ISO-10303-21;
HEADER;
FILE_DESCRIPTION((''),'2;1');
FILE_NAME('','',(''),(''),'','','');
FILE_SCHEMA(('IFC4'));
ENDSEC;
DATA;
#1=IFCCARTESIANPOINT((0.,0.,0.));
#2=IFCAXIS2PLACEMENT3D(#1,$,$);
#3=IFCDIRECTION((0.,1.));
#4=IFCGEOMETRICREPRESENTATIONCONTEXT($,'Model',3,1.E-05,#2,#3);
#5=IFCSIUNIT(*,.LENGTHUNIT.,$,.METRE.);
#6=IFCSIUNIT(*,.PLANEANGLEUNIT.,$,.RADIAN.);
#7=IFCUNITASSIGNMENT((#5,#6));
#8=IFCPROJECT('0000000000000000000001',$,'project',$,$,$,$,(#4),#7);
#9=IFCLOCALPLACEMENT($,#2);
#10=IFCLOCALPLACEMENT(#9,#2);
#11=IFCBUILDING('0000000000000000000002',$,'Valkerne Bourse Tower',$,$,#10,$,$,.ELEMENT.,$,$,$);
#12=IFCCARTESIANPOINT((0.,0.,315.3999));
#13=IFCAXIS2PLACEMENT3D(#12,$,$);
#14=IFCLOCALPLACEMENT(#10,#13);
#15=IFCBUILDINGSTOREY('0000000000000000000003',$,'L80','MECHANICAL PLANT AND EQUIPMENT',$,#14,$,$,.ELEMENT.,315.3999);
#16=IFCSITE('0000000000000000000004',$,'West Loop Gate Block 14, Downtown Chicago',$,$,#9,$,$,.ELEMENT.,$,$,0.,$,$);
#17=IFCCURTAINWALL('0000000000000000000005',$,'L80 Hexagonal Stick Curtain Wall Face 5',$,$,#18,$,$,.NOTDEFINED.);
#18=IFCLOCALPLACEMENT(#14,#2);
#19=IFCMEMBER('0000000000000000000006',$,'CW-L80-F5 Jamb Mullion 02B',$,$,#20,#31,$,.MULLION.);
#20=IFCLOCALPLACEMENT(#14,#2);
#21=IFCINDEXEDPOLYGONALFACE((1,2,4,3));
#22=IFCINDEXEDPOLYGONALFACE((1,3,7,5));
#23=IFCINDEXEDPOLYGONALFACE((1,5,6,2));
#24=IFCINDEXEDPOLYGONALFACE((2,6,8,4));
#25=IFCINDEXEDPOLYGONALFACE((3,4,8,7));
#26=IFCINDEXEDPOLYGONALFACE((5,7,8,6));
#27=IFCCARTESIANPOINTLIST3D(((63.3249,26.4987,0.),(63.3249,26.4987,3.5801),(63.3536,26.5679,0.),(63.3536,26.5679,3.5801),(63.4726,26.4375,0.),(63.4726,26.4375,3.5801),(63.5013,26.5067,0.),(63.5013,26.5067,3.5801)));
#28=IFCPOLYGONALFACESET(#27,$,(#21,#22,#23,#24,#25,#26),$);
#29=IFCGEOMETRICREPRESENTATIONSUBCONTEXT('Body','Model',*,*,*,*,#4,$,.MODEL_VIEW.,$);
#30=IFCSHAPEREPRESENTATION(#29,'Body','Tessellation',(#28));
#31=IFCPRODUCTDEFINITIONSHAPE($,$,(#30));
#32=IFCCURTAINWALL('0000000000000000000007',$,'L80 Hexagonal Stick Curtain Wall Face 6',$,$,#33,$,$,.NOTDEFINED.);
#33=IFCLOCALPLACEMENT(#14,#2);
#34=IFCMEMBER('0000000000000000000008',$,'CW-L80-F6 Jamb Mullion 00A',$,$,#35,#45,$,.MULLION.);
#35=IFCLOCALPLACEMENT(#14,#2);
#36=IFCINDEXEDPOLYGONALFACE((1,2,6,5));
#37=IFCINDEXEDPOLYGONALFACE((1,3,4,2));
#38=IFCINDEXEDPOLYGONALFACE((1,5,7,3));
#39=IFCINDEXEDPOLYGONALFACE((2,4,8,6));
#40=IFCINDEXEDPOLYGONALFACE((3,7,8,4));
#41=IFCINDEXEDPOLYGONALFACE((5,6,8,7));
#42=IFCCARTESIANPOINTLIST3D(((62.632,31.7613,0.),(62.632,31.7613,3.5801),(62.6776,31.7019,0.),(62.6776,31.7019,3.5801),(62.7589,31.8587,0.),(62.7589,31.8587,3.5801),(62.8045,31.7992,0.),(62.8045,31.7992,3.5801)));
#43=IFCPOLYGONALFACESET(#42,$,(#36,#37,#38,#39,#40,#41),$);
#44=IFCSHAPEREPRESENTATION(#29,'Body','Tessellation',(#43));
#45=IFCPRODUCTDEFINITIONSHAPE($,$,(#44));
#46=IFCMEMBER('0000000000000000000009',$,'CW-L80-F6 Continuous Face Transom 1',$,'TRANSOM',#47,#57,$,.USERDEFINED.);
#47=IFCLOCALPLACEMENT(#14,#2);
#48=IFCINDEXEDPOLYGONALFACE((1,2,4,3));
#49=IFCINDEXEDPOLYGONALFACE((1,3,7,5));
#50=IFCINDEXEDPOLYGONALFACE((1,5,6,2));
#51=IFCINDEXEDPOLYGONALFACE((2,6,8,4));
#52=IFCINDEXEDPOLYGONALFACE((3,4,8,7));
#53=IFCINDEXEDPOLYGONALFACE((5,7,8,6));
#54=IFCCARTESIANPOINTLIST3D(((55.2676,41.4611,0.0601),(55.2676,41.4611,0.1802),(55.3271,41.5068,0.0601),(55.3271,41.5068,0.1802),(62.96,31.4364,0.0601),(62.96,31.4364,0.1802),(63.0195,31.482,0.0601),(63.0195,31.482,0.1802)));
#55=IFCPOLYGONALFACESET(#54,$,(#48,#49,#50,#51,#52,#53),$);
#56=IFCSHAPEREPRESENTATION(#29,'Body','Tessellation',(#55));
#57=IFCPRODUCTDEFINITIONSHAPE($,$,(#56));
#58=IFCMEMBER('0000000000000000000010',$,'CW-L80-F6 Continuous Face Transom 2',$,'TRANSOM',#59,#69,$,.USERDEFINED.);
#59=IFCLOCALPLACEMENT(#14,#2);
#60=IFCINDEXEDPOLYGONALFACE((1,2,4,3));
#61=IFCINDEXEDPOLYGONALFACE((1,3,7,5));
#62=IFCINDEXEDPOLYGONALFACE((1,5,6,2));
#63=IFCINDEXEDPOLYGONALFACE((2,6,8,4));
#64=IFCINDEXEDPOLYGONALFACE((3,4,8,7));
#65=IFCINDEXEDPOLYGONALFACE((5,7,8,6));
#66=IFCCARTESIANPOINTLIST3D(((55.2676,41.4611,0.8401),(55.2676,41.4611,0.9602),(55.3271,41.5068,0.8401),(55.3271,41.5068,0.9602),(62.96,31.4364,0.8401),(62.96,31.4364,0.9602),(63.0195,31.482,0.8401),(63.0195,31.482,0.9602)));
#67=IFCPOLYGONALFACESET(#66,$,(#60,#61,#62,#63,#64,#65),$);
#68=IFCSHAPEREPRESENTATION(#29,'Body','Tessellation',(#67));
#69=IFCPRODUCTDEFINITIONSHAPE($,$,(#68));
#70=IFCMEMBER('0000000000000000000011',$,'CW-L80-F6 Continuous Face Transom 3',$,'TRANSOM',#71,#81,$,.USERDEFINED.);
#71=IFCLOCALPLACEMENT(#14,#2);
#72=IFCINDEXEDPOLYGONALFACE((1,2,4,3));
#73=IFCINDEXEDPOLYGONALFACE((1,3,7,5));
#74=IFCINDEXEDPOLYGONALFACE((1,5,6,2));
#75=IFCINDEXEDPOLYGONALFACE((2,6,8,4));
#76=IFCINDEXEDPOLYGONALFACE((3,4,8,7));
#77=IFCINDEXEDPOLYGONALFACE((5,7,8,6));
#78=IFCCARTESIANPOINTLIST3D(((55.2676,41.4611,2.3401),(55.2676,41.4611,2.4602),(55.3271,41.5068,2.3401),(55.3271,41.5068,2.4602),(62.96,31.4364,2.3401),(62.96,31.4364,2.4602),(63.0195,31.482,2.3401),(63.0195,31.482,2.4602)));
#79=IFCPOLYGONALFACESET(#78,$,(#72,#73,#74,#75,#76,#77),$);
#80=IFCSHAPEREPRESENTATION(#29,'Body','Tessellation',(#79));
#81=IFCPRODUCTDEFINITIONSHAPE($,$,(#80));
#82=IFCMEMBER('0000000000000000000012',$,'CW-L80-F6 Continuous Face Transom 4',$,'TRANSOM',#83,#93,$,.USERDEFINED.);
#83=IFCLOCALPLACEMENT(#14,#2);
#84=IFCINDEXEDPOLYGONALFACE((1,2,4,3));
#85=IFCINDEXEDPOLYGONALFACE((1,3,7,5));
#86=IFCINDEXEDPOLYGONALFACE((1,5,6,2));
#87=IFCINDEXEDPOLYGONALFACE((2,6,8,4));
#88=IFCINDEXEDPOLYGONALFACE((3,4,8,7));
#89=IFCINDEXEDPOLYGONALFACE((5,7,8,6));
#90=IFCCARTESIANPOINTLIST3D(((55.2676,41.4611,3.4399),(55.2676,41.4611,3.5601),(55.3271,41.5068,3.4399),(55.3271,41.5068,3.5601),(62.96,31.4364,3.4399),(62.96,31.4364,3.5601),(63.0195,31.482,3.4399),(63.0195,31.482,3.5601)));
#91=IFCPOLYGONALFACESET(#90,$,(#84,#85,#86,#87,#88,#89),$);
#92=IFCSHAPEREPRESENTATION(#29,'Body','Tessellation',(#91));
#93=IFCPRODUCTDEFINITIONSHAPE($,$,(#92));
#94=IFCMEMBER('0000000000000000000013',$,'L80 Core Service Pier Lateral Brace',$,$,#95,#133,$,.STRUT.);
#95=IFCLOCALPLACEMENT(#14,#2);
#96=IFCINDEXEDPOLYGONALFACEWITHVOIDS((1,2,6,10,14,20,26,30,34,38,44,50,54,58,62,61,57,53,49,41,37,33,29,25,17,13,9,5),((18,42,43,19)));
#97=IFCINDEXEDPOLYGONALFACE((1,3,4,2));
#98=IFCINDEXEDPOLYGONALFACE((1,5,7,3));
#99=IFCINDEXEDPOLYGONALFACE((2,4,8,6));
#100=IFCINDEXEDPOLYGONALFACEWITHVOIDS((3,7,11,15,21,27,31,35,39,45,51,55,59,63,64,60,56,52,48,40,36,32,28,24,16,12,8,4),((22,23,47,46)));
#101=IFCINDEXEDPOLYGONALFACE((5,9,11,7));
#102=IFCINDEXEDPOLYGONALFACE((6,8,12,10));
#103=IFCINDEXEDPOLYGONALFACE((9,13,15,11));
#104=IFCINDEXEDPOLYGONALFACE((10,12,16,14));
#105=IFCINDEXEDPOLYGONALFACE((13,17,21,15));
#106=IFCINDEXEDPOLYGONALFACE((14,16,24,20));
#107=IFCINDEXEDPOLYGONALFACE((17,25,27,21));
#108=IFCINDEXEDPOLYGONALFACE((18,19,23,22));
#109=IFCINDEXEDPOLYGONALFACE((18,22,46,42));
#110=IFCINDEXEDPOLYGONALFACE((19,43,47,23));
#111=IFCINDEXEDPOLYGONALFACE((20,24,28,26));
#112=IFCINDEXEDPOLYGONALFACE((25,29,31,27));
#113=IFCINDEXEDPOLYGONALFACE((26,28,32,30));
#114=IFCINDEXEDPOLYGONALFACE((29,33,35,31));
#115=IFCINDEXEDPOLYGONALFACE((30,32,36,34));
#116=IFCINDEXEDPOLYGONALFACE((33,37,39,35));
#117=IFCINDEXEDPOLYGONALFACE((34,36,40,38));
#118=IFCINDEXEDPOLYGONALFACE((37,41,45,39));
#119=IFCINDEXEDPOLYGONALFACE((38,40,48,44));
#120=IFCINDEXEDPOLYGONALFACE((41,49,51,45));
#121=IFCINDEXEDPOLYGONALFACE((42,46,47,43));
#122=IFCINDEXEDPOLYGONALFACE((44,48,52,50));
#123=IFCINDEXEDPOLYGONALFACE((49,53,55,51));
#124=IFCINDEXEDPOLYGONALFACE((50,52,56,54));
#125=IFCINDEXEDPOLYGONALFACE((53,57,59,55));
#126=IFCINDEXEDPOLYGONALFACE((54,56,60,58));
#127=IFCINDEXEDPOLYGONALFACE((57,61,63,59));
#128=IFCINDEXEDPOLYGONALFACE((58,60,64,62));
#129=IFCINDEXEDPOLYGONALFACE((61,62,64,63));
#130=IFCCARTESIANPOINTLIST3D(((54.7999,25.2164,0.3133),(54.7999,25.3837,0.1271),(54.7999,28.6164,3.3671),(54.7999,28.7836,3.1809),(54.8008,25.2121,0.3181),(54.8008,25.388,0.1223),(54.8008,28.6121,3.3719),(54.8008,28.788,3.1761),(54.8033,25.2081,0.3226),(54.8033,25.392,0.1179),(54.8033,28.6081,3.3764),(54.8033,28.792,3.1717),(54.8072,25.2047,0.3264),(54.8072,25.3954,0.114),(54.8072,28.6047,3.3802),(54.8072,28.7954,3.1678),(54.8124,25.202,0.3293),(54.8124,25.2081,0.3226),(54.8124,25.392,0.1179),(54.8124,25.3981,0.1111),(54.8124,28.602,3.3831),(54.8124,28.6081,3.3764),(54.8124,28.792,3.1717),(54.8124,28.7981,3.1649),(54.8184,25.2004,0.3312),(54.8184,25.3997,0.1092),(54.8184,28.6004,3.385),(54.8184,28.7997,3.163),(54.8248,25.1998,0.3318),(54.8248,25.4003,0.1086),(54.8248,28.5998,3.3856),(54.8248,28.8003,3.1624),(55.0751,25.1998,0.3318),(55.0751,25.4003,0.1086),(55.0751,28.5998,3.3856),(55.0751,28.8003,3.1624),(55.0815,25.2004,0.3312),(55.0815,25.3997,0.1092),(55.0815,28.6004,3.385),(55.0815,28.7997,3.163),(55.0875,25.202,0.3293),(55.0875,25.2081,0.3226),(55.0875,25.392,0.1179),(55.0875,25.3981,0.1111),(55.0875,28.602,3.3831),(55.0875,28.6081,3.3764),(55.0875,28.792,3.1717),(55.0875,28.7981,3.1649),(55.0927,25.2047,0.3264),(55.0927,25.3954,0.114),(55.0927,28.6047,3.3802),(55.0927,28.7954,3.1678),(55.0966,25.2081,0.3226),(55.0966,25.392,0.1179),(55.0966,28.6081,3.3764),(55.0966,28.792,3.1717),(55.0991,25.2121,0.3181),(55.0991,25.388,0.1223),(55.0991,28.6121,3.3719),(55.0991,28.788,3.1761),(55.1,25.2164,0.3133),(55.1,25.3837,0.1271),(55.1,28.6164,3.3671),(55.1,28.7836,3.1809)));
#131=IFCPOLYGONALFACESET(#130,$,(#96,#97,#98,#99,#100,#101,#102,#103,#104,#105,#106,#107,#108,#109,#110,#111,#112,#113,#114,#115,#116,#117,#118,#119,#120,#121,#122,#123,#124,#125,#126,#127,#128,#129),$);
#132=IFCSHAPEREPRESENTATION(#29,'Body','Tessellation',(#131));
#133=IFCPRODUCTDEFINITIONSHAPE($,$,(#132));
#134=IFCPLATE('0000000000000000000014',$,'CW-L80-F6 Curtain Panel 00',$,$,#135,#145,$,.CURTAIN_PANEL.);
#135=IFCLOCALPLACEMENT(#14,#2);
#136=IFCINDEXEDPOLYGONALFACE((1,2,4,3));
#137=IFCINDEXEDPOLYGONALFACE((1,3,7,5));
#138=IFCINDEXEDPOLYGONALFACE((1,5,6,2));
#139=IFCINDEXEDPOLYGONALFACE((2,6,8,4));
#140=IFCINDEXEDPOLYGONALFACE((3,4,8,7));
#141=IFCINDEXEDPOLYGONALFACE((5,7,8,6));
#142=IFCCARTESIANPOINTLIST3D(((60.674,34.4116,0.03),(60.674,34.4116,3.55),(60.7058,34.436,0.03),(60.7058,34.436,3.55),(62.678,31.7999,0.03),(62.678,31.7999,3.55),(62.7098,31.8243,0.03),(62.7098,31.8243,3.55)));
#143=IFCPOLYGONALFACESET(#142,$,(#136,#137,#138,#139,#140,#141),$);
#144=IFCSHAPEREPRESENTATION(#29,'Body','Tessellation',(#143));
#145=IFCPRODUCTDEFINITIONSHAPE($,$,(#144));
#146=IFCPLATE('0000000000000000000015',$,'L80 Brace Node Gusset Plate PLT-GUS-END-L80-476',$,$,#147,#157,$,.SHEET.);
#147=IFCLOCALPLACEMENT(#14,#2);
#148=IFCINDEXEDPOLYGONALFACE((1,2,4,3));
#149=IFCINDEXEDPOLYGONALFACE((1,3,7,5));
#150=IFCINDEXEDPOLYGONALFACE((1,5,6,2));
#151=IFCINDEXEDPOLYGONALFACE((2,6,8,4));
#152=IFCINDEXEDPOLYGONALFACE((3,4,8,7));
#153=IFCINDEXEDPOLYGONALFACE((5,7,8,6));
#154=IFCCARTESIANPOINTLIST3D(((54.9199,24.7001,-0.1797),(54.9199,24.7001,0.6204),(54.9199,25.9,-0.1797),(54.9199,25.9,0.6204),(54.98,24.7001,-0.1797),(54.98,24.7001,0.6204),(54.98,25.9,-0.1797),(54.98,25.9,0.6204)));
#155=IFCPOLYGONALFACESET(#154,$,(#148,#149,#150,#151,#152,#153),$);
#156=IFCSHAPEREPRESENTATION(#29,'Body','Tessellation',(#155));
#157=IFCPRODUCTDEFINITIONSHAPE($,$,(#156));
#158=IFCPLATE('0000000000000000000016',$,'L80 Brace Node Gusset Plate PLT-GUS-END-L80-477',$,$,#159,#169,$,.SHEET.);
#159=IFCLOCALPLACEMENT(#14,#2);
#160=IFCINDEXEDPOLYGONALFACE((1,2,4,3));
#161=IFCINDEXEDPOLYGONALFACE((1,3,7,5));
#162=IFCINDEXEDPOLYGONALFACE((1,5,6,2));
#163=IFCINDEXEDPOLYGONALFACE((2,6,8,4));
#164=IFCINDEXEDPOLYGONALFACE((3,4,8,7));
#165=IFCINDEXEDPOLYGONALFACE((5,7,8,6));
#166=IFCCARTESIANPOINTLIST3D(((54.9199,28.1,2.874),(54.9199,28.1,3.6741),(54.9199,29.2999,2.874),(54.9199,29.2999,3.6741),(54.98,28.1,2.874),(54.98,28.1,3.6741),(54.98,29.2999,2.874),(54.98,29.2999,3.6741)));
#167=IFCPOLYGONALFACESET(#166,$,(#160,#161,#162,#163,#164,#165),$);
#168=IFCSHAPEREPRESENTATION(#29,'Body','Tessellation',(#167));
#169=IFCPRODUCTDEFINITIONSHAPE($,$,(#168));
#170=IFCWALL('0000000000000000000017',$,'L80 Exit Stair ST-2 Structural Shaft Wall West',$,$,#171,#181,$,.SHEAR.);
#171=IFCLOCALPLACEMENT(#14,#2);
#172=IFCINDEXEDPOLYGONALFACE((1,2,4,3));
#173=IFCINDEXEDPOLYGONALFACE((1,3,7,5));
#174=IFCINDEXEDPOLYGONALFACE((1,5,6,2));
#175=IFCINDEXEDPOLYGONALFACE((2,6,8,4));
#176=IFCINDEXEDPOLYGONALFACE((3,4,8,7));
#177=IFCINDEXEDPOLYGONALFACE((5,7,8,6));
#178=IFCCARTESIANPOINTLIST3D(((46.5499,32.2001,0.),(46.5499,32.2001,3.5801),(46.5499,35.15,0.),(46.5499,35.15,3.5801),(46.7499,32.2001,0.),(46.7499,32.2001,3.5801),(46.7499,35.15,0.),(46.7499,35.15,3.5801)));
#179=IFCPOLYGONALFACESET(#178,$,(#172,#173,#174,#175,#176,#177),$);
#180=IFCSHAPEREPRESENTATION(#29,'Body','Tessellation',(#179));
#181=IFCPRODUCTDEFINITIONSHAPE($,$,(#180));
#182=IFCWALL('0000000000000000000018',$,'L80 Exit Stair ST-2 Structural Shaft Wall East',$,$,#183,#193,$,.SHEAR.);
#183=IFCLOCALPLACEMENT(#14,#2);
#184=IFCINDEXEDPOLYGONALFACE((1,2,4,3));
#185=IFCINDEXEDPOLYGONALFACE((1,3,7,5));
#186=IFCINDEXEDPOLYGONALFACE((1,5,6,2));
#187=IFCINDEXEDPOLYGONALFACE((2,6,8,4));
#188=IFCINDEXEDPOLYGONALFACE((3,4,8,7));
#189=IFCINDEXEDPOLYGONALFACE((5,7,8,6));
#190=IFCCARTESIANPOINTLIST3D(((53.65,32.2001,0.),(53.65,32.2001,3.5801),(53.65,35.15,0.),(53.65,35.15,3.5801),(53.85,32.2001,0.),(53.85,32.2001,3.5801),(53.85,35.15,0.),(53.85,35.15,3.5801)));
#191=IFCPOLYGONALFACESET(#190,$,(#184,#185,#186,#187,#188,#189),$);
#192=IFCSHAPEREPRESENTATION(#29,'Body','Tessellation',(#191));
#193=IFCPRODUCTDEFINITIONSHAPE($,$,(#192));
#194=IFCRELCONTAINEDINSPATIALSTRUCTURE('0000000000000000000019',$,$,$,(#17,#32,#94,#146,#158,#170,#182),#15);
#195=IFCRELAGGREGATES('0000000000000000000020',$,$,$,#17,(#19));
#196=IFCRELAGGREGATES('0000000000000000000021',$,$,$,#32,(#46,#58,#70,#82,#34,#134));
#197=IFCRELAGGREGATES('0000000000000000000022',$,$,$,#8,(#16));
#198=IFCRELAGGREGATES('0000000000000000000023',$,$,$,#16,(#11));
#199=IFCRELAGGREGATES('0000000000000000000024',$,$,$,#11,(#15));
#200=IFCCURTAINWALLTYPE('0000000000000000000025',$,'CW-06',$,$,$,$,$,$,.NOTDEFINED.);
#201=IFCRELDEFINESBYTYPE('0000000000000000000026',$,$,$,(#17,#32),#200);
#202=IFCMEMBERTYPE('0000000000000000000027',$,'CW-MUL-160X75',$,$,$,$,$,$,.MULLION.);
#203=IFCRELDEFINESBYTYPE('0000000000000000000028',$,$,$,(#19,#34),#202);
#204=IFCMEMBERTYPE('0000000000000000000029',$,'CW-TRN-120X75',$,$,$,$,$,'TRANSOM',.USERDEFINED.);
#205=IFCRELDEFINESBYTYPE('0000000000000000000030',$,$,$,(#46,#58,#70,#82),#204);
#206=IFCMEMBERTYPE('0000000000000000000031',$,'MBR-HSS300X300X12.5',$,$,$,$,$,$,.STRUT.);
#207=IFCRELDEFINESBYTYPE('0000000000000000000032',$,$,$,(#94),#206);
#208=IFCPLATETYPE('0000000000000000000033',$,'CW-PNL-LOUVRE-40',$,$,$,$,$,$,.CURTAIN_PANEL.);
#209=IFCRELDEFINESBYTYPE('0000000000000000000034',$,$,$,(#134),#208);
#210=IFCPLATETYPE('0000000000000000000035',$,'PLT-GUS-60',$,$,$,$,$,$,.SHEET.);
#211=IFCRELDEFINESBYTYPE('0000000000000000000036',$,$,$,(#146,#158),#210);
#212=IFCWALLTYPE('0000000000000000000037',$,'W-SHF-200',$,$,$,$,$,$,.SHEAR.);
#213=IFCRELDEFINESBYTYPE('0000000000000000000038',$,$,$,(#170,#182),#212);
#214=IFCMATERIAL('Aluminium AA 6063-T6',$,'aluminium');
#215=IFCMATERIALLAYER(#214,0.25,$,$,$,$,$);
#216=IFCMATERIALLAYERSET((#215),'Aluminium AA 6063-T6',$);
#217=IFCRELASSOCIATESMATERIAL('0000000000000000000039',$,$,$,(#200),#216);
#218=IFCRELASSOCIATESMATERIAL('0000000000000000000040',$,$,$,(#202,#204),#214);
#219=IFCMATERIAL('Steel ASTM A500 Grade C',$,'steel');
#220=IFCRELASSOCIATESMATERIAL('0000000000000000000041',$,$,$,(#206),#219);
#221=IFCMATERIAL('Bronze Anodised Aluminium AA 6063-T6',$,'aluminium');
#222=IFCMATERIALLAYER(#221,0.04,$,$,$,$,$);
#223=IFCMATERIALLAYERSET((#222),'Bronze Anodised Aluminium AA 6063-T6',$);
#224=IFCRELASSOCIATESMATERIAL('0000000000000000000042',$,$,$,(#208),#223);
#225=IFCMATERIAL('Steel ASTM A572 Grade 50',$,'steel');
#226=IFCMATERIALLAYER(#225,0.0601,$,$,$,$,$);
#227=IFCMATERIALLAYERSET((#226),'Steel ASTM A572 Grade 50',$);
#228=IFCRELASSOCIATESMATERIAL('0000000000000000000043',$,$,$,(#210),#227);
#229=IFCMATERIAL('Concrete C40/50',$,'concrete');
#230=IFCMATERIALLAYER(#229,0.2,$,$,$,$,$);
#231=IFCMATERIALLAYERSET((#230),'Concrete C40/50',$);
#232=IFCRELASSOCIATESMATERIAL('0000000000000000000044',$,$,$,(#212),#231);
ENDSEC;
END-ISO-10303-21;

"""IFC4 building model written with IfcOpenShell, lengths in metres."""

from ifc_helpers import new_model, si_unit, direction, frame, frame_2d, origin, origin_2d, place, context, subcontext, project, spatial, rectangle, hollow_rectangle, extrude, material, layer, layer_set, material_profile, profile_set, type_object, element, aggregate, save


model = new_model("IFC4")

# Units and contexts
model_context = context("Model", 3, precision=1e-05, world=origin(), true_north=direction((0.0, 1.0)))
body_context = subcontext(model_context, "Body", "Model", "MODEL_VIEW")
ifc_project = project(units=[si_unit("LENGTHUNIT", "METRE"), si_unit("PLANEANGLEUNIT", "RADIAN")], contexts=[model_context])

# Site, building, storey
site_placement = place(None, origin())
site = spatial("IfcSite", under=ifc_project, at=site_placement, Name="West Loop Gate Block 14, Downtown Chicago", CompositionType="ELEMENT", RefElevation=0.0)
building_placement = place(site_placement, origin())
building = spatial("IfcBuilding", under=site, at=building_placement, Name="Valkerne Bourse Tower", CompositionType="ELEMENT")
storey_placement = place(building_placement, frame((0.0, 0.0, 315.3999)))
storey = spatial("IfcBuildingStorey", under=building, at=storey_placement, Name="L80", Description="MECHANICAL PLANT AND EQUIPMENT", CompositionType="ELEMENT", Elevation=315.3999)

# Shared definitions
ifc_material_1 = material(Name="Steel ASTM A500 Grade C", Category="steel")

# Curtain wall, member
ifc_material_2 = material(Name="Aluminium AA 6063-T6", Category="aluminium")
ifc_layer_1 = layer(ifc_material_2, 0.25)
ifc_layer_set_1 = layer_set([ifc_layer_1], Name="Aluminium AA 6063-T6")
curtain_wall_type = type_object("IfcCurtainWallType", Name="CW-06", PredefinedType="NOTDEFINED", material=ifc_layer_set_1)
curtain_wall_1_placement = place(storey_placement, origin())
curtain_wall_1 = element("IfcCurtainWall", 1, at=curtain_wall_1_placement, inside=storey, type_object=curtain_wall_type, Name="L80 Hexagonal Stick Curtain Wall Face 5", PredefinedType="NOTDEFINED")
ifc_material_profile_1 = material_profile(ifc_material_2, rectangle(XDim=0.075, YDim=0.1599, at=origin_2d()), Name="CWM-75X160")
ifc_profile_set_1 = profile_set([ifc_material_profile_1], Name="Aluminium AA 6063-T6")
member_type_1 = type_object("IfcMemberType", Name="CW-MUL-160X75", PredefinedType="MULLION", material=ifc_profile_set_1)
member_1_placement = place(storey_placement, frame((63.4131, 26.5027, 0.0), z_axis=(0.0, 0.0, 1.0), x_axis=(0.382689, 0.923877, 0.0)))
member_1 = element("IfcMember", 2, at=member_1_placement, type_object=member_type_1, Name="CW-L80-F5 Jamb Mullion 02B", PredefinedType="MULLION", context=body_context, shape_type="SweptSolid", body=[
    extrude(rectangle(XDim=0.075, YDim=0.1599, at=origin_2d()), origin(), (0.0, 0.0, 1.0), 3.5801),
])
aggregate(curtain_wall_1, [member_1])

# Curtain wall, members
curtain_wall_2_placement = place(storey_placement, origin())
curtain_wall_2 = element("IfcCurtainWall", 3, at=curtain_wall_2_placement, inside=storey, type_object=curtain_wall_type, Name="L80 Hexagonal Stick Curtain Wall Face 6", PredefinedType="NOTDEFINED")
member_2_placement = place(storey_placement, frame((62.7183, 31.7803, 0.0), z_axis=(0.0, 0.0, 1.0), x_axis=(-0.608761, 0.793353, 0.0)))
member_2 = element("IfcMember", 4, at=member_2_placement, type_object=member_type_1, Name="CW-L80-F6 Jamb Mullion 00A", PredefinedType="MULLION", context=body_context, shape_type="SweptSolid", body=[
    extrude(rectangle(XDim=0.075, YDim=0.1599, at=origin_2d()), origin(), (0.0, 0.0, 1.0), 3.5801),
])
ifc_material_profile_2 = material_profile(ifc_material_2, rectangle(XDim=0.075, YDim=0.1201, at=origin_2d()), Name="CWT-75X120")
ifc_profile_set_2 = profile_set([ifc_material_profile_2], Name="Aluminium AA 6063-T6")
member_type_2 = type_object("IfcMemberType", Name="CW-TRN-120X75", ElementType="TRANSOM", PredefinedType="USERDEFINED", material=ifc_profile_set_2)
member_3_placement = place(storey_placement, frame((62.9897, 31.4592, 0.1201), z_axis=(-0.608771, 0.793346, 0.0), x_axis=(-0.793346, -0.608771, 0.0)))
member_3 = element("IfcMember", 5, at=member_3_placement, type_object=member_type_2, Name="CW-L80-F6 Continuous Face Transom 1", ObjectType="TRANSOM", PredefinedType="USERDEFINED", context=body_context, shape_type="SweptSolid", body=[
    extrude(rectangle(XDim=0.075, YDim=0.1201, at=origin_2d()), origin(), (0.0, 0.0, 1.0), 12.636),
])
member_4_placement = place(storey_placement, frame((62.9897, 31.4592, 0.9001), z_axis=(-0.608771, 0.793346, 0.0), x_axis=(-0.793346, -0.608771, 0.0)))
member_4 = element("IfcMember", 6, at=member_4_placement, type_object=member_type_2, Name="CW-L80-F6 Continuous Face Transom 2", ObjectType="TRANSOM", PredefinedType="USERDEFINED", context=body_context, shape_type="SweptSolid", body=[
    extrude(rectangle(XDim=0.075, YDim=0.1201, at=origin_2d()), origin(), (0.0, 0.0, 1.0), 12.636),
])
member_5_placement = place(storey_placement, frame((62.9897, 31.4592, 2.4001), z_axis=(-0.608771, 0.793346, 0.0), x_axis=(-0.793346, -0.608771, 0.0)))
member_5 = element("IfcMember", 7, at=member_5_placement, type_object=member_type_2, Name="CW-L80-F6 Continuous Face Transom 3", ObjectType="TRANSOM", PredefinedType="USERDEFINED", context=body_context, shape_type="SweptSolid", body=[
    extrude(rectangle(XDim=0.075, YDim=0.1201, at=origin_2d()), origin(), (0.0, 0.0, 1.0), 12.636),
])
member_6_placement = place(storey_placement, frame((62.9897, 31.4592, 3.5), z_axis=(-0.608771, 0.793346, 0.0), x_axis=(-0.793346, -0.608771, 0.0)))
member_6 = element("IfcMember", 8, at=member_6_placement, type_object=member_type_2, Name="CW-L80-F6 Continuous Face Transom 4", ObjectType="TRANSOM", PredefinedType="USERDEFINED", context=body_context, shape_type="SweptSolid", body=[
    extrude(rectangle(XDim=0.075, YDim=0.1201, at=origin_2d()), origin(), (0.0, 0.0, 1.0), 12.636),
])

# Member
ifc_material_profile_3 = material_profile(ifc_material_1, hollow_rectangle(XDim=0.3, YDim=0.3, WallThickness=0.0125, OuterFilletRadius=0.0249, at=origin_2d()), Name="HSS300X300X12.5")
ifc_profile_set_3 = profile_set([ifc_material_profile_3], Name="Steel ASTM A500 Grade C")
member_type_3 = type_object("IfcMemberType", Name="MBR-HSS300X300X12.5", PredefinedType="STRUT", material=ifc_profile_set_3)
member_7_placement = place(storey_placement, frame((54.95, 25.3, 0.2202), z_axis=(0.0, 0.743968, 0.668215), x_axis=(-1.0, 0.0, 0.0)))
element("IfcMember", 9, at=member_7_placement, inside=storey, type_object=member_type_3, Name="L80 Core Service Pier Lateral Brace", PredefinedType="STRUT", context=body_context, shape_type="SweptSolid", body=[
    extrude(hollow_rectangle(XDim=0.3, YDim=0.3, WallThickness=0.0125, OuterFilletRadius=0.0249, at=origin_2d()), origin(), (0.0, 0.0, 1.0), 4.5701),
])

# Plate
ifc_material_3 = material(Name="Bronze Anodised Aluminium AA 6063-T6", Category="aluminium")
ifc_layer_2 = layer(ifc_material_3, 0.04)
ifc_layer_set_2 = layer_set([ifc_layer_2], Name="Bronze Anodised Aluminium AA 6063-T6")
plate_type_1 = type_object("IfcPlateType", Name="CW-PNL-LOUVRE-40", PredefinedType="CURTAIN_PANEL", material=ifc_layer_set_2)
plate_placement = place(storey_placement, frame((61.6919, 33.1179, 0.03), z_axis=(0.0, 0.0, 1.0), x_axis=(-0.608761, 0.793353, 0.0)))
plate = element("IfcPlate", 10, at=plate_placement, type_object=plate_type_1, Name="CW-L80-F6 Curtain Panel 00", PredefinedType="CURTAIN_PANEL", context=body_context, shape_type="SweptSolid", body=[
    extrude(rectangle(XDim=3.292, YDim=0.04, at=origin_2d()), origin(), (0.0, 0.0, 1.0), 3.52),
])
aggregate(curtain_wall_2, [member_3, member_4, member_5, member_6, member_2, plate])

# Plates
ifc_material_4 = material(Name="Steel ASTM A572 Grade 50", Category="steel")
ifc_layer_3 = layer(ifc_material_4, 0.0601)
ifc_layer_set_3 = layer_set([ifc_layer_3], Name="Steel ASTM A572 Grade 50")
plate_type_2 = type_object("IfcPlateType", Name="PLT-GUS-60", PredefinedType="SHEET", material=ifc_layer_set_3)
for number, where, z_axis, x_axis, name in (
    (11, (54.95, 25.3, -0.1797), (0.0, 0.0, 1.0), (0.0, 1.0, 0.0), "L80 Brace Node Gusset Plate PLT-GUS-END-L80-476"),
    (12, (54.95, 28.7, 2.874), (0.0, 0.0, 1.0), (0.0, 1.0, 0.0), "L80 Brace Node Gusset Plate PLT-GUS-END-L80-477"),
):
    element("IfcPlate", number, at=place(storey_placement, frame(where, z_axis=z_axis, x_axis=x_axis)), inside=storey, type_object=plate_type_2, Name=name, PredefinedType="SHEET", context=body_context, shape_type="SweptSolid", body=[
        extrude(rectangle(XDim=1.2, YDim=0.0601, at=origin_2d()), origin(), (0.0, 0.0, 1.0), 0.8),
    ])

# Walls
ifc_material_5 = material(Name="Concrete C40/50", Category="concrete")
ifc_layer_4 = layer(ifc_material_5, 0.2)
ifc_layer_set_4 = layer_set([ifc_layer_4], Name="Concrete C40/50")
wall_type_1 = type_object("IfcWallType", Name="W-SHF-200", PredefinedType="SHEAR", material=ifc_layer_set_4)
for number, where, z_axis, x_axis, name in (
    (13, (46.6499, 32.2, 0.0), (0.0, 0.0, 1.0), (0.0, 1.0, 0.0), "L80 Exit Stair ST-2 Structural Shaft Wall West"),
    (14, (53.75, 32.2, 0.0), (0.0, 0.0, 1.0), (0.0, 1.0, 0.0), "L80 Exit Stair ST-2 Structural Shaft Wall East"),
):
    element("IfcWall", number, at=place(storey_placement, frame(where, z_axis=z_axis, x_axis=x_axis)), inside=storey, type_object=wall_type_1, Name=name, PredefinedType="SHEAR", context=body_context, shape_type="SweptSolid", body=[
        extrude(rectangle(XDim=2.95, YDim=0.2, at=frame_2d((1.4751, 0.0))), origin(), (0.0, 0.0, 1.0), 3.5801),
    ])

save(model, "model.ifc")
